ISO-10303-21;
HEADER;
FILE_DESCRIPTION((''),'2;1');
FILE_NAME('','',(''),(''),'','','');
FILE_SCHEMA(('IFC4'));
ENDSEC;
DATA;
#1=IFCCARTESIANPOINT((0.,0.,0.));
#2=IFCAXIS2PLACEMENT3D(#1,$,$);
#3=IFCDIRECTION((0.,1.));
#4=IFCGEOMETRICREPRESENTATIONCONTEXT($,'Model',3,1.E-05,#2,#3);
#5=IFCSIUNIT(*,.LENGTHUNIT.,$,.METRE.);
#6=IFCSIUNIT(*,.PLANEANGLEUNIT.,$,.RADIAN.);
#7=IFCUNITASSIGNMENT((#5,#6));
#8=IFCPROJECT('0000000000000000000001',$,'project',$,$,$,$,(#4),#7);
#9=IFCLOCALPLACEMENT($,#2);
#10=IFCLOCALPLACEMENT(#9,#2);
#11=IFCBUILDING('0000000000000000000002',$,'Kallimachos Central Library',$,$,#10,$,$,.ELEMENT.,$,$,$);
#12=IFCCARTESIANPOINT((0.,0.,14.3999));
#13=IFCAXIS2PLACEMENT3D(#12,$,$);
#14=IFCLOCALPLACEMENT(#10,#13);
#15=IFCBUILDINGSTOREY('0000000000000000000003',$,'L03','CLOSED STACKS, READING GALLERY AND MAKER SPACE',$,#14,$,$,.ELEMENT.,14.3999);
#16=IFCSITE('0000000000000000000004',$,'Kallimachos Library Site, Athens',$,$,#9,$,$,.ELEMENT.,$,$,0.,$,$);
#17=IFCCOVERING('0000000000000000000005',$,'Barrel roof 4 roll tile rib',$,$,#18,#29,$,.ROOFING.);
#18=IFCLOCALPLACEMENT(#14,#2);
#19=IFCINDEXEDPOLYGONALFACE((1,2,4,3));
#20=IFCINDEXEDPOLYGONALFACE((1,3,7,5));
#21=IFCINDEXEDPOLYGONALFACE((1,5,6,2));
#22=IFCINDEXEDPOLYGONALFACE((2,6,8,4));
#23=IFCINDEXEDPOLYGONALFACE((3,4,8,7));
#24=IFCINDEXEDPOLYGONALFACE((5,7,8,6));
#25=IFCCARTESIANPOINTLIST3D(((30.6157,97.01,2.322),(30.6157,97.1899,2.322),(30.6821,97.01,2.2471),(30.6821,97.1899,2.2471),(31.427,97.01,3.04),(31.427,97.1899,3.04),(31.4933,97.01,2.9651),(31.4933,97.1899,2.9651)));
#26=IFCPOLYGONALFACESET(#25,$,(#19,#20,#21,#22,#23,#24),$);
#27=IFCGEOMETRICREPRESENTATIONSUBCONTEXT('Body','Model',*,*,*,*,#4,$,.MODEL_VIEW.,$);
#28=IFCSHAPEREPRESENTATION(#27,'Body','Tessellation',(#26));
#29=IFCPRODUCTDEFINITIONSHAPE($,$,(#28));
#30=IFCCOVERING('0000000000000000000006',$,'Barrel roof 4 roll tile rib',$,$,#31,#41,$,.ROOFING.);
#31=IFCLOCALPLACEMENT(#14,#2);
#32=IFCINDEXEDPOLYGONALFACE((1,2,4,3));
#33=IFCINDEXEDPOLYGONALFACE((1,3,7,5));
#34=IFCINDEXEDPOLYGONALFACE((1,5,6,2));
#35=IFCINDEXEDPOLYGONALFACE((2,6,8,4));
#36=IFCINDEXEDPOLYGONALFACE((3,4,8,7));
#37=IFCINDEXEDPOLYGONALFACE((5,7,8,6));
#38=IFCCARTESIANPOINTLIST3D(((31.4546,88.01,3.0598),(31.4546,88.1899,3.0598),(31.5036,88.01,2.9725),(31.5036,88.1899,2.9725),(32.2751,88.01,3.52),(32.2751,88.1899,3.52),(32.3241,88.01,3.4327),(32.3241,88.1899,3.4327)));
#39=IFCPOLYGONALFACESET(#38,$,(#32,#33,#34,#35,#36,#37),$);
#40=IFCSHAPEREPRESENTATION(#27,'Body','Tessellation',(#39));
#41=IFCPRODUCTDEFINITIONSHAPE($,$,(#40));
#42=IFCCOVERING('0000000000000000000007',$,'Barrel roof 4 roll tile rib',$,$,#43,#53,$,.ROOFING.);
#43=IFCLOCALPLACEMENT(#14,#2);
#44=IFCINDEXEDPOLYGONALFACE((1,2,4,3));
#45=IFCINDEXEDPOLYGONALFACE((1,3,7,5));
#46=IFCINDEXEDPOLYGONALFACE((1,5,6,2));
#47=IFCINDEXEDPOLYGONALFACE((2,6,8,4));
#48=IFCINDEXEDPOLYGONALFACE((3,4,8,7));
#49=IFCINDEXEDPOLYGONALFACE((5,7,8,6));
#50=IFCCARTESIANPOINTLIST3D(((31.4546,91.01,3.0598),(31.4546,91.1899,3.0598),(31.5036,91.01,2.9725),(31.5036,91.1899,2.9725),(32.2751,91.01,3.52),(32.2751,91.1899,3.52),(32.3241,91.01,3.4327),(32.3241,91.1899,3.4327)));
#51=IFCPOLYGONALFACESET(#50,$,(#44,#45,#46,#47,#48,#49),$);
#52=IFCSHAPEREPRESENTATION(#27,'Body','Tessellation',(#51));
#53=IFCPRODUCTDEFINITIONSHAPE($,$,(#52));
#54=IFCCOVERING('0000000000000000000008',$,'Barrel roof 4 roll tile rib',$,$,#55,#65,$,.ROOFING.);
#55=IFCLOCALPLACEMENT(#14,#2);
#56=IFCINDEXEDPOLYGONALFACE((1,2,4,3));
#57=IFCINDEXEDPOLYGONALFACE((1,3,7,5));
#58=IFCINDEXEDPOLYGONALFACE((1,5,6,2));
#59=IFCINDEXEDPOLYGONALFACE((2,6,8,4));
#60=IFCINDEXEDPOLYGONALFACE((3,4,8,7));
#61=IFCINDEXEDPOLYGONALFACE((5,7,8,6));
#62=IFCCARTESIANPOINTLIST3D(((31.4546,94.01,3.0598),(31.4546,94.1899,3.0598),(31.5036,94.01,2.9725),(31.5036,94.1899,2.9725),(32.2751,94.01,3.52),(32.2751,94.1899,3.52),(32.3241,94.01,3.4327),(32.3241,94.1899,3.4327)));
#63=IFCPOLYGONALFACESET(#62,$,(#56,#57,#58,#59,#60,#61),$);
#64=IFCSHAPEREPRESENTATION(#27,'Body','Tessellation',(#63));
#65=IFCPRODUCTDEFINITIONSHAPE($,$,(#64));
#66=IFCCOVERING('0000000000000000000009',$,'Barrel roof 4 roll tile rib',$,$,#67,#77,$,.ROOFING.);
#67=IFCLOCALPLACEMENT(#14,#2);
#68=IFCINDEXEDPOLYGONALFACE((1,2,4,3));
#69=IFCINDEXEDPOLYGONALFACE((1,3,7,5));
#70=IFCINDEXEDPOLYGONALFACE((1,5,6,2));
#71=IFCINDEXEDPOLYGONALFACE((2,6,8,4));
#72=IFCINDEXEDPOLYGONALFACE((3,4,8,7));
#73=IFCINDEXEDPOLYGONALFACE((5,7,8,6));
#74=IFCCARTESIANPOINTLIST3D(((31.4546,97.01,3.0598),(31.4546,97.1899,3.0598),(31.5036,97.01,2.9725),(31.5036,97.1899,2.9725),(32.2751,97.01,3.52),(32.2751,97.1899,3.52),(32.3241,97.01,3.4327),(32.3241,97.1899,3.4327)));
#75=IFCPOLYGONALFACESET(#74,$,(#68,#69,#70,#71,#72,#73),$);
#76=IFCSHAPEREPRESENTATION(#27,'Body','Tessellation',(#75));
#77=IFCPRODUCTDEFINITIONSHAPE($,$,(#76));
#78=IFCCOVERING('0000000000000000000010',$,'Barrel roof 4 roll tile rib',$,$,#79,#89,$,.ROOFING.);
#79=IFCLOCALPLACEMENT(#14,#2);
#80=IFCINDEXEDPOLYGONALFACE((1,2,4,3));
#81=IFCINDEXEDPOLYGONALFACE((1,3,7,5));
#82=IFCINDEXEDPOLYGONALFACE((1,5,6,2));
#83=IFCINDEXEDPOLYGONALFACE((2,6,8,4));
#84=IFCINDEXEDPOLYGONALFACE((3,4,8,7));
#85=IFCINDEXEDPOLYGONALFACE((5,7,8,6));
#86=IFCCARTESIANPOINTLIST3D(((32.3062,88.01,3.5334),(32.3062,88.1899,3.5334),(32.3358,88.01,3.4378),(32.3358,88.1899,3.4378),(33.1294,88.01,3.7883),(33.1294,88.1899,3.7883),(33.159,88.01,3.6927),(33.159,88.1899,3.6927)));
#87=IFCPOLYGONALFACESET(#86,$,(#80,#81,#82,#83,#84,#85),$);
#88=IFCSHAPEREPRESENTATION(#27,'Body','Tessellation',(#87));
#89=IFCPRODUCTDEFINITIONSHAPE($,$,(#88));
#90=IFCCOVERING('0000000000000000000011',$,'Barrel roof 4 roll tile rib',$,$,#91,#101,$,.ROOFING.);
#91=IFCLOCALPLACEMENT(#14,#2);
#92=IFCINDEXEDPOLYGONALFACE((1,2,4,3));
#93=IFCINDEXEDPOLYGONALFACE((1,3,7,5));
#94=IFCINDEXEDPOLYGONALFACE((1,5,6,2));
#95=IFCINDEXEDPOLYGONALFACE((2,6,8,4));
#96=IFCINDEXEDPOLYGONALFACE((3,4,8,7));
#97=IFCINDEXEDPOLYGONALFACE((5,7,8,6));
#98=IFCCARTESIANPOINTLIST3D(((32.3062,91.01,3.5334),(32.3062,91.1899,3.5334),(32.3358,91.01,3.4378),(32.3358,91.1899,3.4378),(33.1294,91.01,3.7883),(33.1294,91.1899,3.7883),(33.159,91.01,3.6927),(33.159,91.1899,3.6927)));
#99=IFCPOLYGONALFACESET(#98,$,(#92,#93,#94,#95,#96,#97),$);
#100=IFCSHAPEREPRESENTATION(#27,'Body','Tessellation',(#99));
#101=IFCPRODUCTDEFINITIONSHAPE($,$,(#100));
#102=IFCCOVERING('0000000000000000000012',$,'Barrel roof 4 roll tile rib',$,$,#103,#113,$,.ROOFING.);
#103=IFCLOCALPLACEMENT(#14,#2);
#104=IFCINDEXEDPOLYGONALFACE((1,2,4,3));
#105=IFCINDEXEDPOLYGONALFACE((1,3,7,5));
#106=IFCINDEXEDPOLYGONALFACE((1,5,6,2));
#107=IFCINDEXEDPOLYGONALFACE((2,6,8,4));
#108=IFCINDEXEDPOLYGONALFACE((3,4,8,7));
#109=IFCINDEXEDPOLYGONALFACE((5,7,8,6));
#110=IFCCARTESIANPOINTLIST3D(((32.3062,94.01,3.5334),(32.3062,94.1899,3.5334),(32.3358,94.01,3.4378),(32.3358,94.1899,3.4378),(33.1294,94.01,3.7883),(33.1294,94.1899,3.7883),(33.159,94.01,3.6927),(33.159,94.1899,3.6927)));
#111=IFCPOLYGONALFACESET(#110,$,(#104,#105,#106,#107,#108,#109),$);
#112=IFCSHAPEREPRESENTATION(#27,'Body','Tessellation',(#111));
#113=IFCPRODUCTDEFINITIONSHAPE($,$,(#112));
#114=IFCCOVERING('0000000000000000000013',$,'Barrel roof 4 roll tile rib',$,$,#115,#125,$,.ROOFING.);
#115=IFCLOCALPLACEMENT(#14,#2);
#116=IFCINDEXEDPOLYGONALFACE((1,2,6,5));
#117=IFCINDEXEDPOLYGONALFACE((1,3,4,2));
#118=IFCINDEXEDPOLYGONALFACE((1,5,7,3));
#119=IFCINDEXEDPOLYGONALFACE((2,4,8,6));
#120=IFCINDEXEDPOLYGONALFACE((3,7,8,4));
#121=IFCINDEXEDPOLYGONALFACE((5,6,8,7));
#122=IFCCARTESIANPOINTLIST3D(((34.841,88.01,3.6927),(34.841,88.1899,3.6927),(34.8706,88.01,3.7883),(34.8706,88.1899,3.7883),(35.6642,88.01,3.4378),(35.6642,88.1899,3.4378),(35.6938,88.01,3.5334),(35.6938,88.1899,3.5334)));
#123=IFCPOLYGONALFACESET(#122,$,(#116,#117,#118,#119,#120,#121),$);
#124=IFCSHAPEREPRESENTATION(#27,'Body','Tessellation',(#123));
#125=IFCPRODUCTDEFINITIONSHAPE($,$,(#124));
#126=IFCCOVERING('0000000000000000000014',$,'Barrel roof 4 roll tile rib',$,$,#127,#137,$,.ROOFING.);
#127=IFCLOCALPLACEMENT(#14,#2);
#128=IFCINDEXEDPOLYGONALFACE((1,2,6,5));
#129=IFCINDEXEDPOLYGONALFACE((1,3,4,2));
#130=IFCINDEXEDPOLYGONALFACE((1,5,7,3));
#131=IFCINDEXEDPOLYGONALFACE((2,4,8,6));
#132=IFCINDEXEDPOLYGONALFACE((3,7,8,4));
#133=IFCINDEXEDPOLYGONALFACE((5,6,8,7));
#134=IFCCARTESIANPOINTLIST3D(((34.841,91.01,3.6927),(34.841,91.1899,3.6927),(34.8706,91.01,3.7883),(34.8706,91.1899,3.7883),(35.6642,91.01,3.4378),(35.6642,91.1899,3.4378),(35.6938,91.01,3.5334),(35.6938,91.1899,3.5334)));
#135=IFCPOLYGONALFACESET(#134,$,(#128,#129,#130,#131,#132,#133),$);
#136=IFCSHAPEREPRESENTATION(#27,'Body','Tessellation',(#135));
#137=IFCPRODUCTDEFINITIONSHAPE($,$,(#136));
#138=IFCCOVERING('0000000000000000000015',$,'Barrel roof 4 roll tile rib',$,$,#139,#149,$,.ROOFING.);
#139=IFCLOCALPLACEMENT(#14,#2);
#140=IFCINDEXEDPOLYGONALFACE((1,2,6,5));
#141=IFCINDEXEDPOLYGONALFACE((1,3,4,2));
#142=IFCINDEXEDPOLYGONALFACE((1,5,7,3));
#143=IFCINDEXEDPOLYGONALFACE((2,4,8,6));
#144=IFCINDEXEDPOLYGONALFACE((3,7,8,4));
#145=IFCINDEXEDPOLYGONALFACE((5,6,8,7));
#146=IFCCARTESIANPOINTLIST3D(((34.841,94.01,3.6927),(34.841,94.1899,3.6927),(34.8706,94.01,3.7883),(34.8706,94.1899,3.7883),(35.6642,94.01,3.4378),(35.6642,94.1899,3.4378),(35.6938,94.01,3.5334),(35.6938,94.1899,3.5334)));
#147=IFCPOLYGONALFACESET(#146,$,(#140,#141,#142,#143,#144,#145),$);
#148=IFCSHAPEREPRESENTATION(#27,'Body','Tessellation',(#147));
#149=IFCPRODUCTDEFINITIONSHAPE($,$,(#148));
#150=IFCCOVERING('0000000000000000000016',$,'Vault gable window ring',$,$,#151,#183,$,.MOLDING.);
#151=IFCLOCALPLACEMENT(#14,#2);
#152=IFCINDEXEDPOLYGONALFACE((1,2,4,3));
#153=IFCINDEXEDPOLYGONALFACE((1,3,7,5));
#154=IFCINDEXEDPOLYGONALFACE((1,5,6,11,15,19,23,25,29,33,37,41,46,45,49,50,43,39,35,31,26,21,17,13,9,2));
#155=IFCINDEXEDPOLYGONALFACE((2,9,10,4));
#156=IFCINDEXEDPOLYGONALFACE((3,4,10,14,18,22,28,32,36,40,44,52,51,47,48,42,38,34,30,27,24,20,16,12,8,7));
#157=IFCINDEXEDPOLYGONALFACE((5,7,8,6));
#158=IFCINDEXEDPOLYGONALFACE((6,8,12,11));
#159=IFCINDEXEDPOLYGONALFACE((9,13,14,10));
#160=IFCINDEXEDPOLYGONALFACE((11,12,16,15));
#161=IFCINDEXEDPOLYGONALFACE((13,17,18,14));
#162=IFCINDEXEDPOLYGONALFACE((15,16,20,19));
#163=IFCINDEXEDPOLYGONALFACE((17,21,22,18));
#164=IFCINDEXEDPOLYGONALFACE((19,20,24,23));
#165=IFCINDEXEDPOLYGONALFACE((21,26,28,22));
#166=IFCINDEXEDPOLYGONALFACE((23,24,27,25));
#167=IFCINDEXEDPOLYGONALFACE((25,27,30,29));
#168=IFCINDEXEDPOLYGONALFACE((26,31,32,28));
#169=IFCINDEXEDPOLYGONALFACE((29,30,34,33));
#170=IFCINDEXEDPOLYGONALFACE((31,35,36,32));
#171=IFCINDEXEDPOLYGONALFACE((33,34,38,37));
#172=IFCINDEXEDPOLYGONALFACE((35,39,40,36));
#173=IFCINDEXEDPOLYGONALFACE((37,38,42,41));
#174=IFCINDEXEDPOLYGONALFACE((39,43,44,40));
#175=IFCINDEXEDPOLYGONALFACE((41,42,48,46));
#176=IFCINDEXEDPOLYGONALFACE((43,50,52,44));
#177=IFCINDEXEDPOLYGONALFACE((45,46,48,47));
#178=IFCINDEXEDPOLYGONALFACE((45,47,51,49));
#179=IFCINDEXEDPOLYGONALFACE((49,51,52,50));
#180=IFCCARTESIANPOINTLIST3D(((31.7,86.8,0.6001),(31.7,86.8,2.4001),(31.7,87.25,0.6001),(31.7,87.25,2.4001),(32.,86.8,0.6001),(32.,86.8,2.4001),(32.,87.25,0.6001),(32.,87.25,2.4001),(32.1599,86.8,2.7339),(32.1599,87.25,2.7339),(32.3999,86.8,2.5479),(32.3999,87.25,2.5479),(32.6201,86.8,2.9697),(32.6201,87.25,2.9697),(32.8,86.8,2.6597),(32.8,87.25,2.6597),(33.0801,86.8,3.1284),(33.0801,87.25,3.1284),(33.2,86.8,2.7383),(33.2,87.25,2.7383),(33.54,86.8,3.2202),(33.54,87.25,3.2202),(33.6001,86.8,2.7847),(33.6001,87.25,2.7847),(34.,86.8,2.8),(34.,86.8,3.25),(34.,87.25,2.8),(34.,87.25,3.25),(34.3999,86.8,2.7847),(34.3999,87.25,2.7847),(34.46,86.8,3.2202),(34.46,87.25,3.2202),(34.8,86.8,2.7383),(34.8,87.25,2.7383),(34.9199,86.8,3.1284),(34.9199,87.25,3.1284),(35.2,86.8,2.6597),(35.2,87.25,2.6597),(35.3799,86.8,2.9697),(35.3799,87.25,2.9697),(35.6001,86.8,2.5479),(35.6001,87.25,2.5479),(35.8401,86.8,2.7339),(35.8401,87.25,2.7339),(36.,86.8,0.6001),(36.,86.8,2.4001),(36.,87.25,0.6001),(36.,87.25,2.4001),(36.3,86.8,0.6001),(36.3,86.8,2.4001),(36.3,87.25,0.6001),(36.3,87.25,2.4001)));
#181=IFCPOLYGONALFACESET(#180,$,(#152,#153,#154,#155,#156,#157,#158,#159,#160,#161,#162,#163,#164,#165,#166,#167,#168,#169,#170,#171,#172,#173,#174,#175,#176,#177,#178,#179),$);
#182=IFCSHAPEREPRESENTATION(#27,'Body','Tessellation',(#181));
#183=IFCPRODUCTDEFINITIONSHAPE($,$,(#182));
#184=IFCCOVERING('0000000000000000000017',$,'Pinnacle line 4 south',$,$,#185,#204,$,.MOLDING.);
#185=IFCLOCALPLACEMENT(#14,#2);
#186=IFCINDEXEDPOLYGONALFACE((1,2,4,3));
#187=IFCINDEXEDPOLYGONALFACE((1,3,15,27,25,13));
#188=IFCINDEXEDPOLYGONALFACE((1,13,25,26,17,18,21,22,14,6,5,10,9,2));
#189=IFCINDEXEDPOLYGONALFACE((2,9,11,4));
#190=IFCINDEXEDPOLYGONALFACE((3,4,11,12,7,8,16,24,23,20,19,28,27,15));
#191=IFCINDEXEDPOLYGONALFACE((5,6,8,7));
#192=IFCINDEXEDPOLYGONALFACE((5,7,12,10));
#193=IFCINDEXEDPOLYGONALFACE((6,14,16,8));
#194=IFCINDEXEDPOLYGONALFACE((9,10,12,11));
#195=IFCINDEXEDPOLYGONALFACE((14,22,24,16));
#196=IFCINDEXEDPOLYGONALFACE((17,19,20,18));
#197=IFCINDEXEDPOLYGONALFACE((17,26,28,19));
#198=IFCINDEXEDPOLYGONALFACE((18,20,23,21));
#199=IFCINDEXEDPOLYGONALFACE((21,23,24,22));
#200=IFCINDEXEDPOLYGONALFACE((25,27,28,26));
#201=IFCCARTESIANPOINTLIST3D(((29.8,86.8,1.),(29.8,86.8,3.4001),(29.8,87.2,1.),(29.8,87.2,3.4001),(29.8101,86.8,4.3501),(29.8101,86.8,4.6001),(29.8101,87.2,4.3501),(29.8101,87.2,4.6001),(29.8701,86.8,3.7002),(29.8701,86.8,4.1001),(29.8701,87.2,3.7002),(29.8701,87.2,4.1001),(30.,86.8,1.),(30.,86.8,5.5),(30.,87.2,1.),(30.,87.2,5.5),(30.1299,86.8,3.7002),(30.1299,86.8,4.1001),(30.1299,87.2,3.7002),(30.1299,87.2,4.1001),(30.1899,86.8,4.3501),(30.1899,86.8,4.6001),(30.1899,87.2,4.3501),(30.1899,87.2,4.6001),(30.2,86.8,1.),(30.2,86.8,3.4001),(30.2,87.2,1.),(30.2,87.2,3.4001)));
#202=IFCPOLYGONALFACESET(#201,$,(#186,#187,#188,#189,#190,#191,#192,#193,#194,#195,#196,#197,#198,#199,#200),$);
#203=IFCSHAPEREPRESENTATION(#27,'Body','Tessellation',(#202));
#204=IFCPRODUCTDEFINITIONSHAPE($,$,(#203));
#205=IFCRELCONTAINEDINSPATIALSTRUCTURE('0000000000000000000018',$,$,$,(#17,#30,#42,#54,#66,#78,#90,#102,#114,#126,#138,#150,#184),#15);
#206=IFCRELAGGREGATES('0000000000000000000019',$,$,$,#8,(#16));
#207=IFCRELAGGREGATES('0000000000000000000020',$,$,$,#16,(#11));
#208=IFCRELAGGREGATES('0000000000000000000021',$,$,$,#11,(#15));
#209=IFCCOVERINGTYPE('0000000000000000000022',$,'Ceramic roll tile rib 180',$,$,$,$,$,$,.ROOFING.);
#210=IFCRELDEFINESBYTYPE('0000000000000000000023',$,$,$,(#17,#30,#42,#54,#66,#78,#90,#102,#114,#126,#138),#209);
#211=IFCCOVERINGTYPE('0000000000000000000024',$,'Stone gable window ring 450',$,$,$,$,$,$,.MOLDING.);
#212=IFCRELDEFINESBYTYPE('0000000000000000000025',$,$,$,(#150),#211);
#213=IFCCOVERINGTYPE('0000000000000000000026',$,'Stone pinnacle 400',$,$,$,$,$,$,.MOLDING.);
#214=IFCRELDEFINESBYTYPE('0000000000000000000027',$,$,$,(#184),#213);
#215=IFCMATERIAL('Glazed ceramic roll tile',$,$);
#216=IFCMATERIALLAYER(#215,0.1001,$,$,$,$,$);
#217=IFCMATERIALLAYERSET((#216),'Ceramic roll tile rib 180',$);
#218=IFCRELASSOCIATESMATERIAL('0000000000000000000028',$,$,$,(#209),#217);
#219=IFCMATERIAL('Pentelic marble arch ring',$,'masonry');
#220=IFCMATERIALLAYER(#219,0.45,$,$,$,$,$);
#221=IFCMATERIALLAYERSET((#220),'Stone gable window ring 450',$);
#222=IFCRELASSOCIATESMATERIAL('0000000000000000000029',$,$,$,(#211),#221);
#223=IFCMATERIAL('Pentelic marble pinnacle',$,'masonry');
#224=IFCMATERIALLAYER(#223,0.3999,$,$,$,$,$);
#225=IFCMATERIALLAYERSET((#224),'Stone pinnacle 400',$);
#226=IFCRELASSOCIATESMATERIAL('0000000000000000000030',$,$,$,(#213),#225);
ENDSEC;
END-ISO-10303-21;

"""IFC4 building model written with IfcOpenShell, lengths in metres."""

from ifc_helpers import new_model, si_unit, direction, frame, origin, place, context, subcontext, project, spatial, polyline, outline, extrude, material, layer, layer_set, type_object, element, save


model = new_model("IFC4")

# Units and contexts
model_context = context("Model", 3, precision=1e-05, world=origin(), true_north=direction((0.0, 1.0)))
body_context = subcontext(model_context, "Body", "Model", "MODEL_VIEW")
ifc_project = project(units=[si_unit("LENGTHUNIT", "METRE"), si_unit("PLANEANGLEUNIT", "RADIAN")], contexts=[model_context])

# Site, building, storey
site_placement = place(None, origin())
site = spatial("IfcSite", under=ifc_project, at=site_placement, Name="Kallimachos Library Site, Athens", CompositionType="ELEMENT", RefElevation=0.0)
building_placement = place(site_placement, origin())
building = spatial("IfcBuilding", under=site, at=building_placement, Name="Kallimachos Central Library", CompositionType="ELEMENT")
storey_placement = place(building_placement, frame((0.0, 0.0, 14.3999)))
storey = spatial("IfcBuildingStorey", under=building, at=storey_placement, Name="L03", Description="CLOSED STACKS, READING GALLERY AND MAKER SPACE", CompositionType="ELEMENT", Elevation=14.3999)

# Coverings
ifc_material_1 = material(Name="Glazed ceramic roll tile")
ifc_layer_1 = layer(ifc_material_1, 0.1001)
ifc_layer_set_1 = layer_set([ifc_layer_1], Name="Ceramic roll tile rib 180")
covering_type_1 = type_object("IfcCoveringType", Name="Ceramic roll tile rib 180", PredefinedType="ROOFING", material=ifc_layer_set_1)
for number, where, z_axis, x_axis, name in (
    (1, (30.6157, 97.01, 2.322), (-0.662754, 0.0, 0.748837), (0.748837, 0.0, 0.662754), "Barrel roof 4 roll tile rib"),
):
    element("IfcCovering", number, at=place(storey_placement, frame(where, z_axis=z_axis, x_axis=x_axis)), inside=storey, type_object=covering_type_1, Name=name, PredefinedType="ROOFING", context=body_context, shape_type="SweptSolid", body=[
        extrude(outline(polyline([(0.0, 0.0), (1.0834, 0.0), (1.0834, 0.1799), (0.0, 0.1799), (0.0, 0.0)])), origin(), (0.0, 0.0, -1.0), 0.1001),
    ])
for number, where, z_axis, x_axis, name in (
    (2, (31.4546, 88.01, 3.0598), (-0.489164, 0.0, 0.872192), (0.872192, 0.0, 0.489164), "Barrel roof 4 roll tile rib"),
    (3, (31.4546, 91.01, 3.0598), (-0.489164, 0.0, 0.872192), (0.872192, 0.0, 0.489164), "Barrel roof 4 roll tile rib"),
    (4, (31.4546, 94.01, 3.0598), (-0.489164, 0.0, 0.872192), (0.872192, 0.0, 0.489164), "Barrel roof 4 roll tile rib"),
    (5, (31.4546, 97.01, 3.0598), (-0.489164, 0.0, 0.872192), (0.872192, 0.0, 0.489164), "Barrel roof 4 roll tile rib"),
):
    element("IfcCovering", number, at=place(storey_placement, frame(where, z_axis=z_axis, x_axis=x_axis)), inside=storey, type_object=covering_type_1, Name=name, PredefinedType="ROOFING", context=body_context, shape_type="SweptSolid", body=[
        extrude(outline(polyline([(0.0, 0.0), (0.9408, 0.0), (0.9408, 0.1799), (0.0, 0.1799), (0.0, 0.0)])), origin(), (0.0, 0.0, -1.0), 0.1001),
    ])
for number, where, z_axis, x_axis, name in (
    (6, (32.3062, 88.01, 3.5334), (-0.295758, 0.0, 0.955263), (0.955263, 0.0, 0.295758), "Barrel roof 4 roll tile rib"),
    (7, (32.3062, 91.01, 3.5334), (-0.295758, 0.0, 0.955263), (0.955263, 0.0, 0.295758), "Barrel roof 4 roll tile rib"),
    (8, (32.3062, 94.01, 3.5334), (-0.295758, 0.0, 0.955263), (0.955263, 0.0, 0.295758), "Barrel roof 4 roll tile rib"),
    (9, (34.8706, 88.01, 3.7883), (0.295758, 0.0, 0.955263), (0.955263, 0.0, -0.295758), "Barrel roof 4 roll tile rib"),
    (10, (34.8706, 91.01, 3.7883), (0.295758, 0.0, 0.955263), (0.955263, 0.0, -0.295758), "Barrel roof 4 roll tile rib"),
    (11, (34.8706, 94.01, 3.7883), (0.295758, 0.0, 0.955263), (0.955263, 0.0, -0.295758), "Barrel roof 4 roll tile rib"),
):
    element("IfcCovering", number, at=place(storey_placement, frame(where, z_axis=z_axis, x_axis=x_axis)), inside=storey, type_object=covering_type_1, Name=name, PredefinedType="ROOFING", context=body_context, shape_type="SweptSolid", body=[
        extrude(outline(polyline([(0.0, 0.0), (0.8618, 0.0), (0.8618, 0.1799), (0.0, 0.1799), (0.0, 0.0)])), origin(), (0.0, 0.0, -1.0), 0.1001),
    ])
ifc_material_2 = material(Name="Pentelic marble arch ring", Category="masonry")
ifc_layer_2 = layer(ifc_material_2, 0.45)
ifc_layer_set_2 = layer_set([ifc_layer_2], Name="Stone gable window ring 450")
covering_type_2 = type_object("IfcCoveringType", Name="Stone gable window ring 450", PredefinedType="MOLDING", material=ifc_layer_set_2)
covering_1_placement = place(storey_placement, frame((32.0, 86.8, 0.6001), z_axis=(0.0, -1.0, 0.0), x_axis=(0.0, 0.0, 1.0)))
element("IfcCovering", 12, at=covering_1_placement, inside=storey, type_object=covering_type_2, Name="Vault gable window ring", PredefinedType="MOLDING", context=body_context, shape_type="SweptSolid", body=[
    extrude(outline(polyline([(0.0, 0.0), (1.8, 0.0), (1.9478, -0.3999), (2.0596, -0.8), (2.1382, -1.2), (2.1846, -1.6001), (2.2, -2.0), (2.1846, -2.3999), (2.1382, -2.8), (2.0596, -3.2), (1.9478, -3.6001), (1.8, -4.0), (0.0, -4.0), (0.0, -4.3), (1.8, -4.3), (2.1338, -3.8401), (2.3696, -3.3799), (2.5283, -2.9199), (2.6201, -2.46), (2.6499, -2.0), (2.6201, -1.54), (2.5283, -1.0801), (2.3696, -0.6201), (2.1338, -0.1599), (1.8, 0.3), (0.0, 0.3), (0.0, 0.0)])), origin(), (0.0, 0.0, -1.0), 0.45),
])
ifc_material_3 = material(Name="Pentelic marble pinnacle", Category="masonry")
ifc_layer_3 = layer(ifc_material_3, 0.3999)
ifc_layer_set_3 = layer_set([ifc_layer_3], Name="Stone pinnacle 400")
covering_type_3 = type_object("IfcCoveringType", Name="Stone pinnacle 400", PredefinedType="MOLDING", material=ifc_layer_set_3)
covering_2_placement = place(storey_placement, frame((30.0, 86.8, 1.0), z_axis=(0.0, -1.0, 0.0), x_axis=(1.0, 0.0, 0.0)))
element("IfcCovering", 13, at=covering_2_placement, inside=storey, type_object=covering_type_3, Name="Pinnacle line 4 south", PredefinedType="MOLDING", context=body_context, shape_type="SweptSolid", body=[
    extrude(outline(polyline([(0.0, 0.0), (0.2, 0.0), (0.2, 2.4001), (0.1299, 2.7002), (0.1299, 3.1001), (0.1899, 3.3501), (0.1899, 3.6001), (0.0, 4.5), (-0.1899, 3.6001), (-0.1899, 3.3501), (-0.1299, 3.1001), (-0.1299, 2.7002), (-0.2, 2.4001), (-0.2, 0.0), (0.0, 0.0)])), origin(), (0.0, 0.0, -1.0), 0.3999),
])

save(model, "model.ifc")
